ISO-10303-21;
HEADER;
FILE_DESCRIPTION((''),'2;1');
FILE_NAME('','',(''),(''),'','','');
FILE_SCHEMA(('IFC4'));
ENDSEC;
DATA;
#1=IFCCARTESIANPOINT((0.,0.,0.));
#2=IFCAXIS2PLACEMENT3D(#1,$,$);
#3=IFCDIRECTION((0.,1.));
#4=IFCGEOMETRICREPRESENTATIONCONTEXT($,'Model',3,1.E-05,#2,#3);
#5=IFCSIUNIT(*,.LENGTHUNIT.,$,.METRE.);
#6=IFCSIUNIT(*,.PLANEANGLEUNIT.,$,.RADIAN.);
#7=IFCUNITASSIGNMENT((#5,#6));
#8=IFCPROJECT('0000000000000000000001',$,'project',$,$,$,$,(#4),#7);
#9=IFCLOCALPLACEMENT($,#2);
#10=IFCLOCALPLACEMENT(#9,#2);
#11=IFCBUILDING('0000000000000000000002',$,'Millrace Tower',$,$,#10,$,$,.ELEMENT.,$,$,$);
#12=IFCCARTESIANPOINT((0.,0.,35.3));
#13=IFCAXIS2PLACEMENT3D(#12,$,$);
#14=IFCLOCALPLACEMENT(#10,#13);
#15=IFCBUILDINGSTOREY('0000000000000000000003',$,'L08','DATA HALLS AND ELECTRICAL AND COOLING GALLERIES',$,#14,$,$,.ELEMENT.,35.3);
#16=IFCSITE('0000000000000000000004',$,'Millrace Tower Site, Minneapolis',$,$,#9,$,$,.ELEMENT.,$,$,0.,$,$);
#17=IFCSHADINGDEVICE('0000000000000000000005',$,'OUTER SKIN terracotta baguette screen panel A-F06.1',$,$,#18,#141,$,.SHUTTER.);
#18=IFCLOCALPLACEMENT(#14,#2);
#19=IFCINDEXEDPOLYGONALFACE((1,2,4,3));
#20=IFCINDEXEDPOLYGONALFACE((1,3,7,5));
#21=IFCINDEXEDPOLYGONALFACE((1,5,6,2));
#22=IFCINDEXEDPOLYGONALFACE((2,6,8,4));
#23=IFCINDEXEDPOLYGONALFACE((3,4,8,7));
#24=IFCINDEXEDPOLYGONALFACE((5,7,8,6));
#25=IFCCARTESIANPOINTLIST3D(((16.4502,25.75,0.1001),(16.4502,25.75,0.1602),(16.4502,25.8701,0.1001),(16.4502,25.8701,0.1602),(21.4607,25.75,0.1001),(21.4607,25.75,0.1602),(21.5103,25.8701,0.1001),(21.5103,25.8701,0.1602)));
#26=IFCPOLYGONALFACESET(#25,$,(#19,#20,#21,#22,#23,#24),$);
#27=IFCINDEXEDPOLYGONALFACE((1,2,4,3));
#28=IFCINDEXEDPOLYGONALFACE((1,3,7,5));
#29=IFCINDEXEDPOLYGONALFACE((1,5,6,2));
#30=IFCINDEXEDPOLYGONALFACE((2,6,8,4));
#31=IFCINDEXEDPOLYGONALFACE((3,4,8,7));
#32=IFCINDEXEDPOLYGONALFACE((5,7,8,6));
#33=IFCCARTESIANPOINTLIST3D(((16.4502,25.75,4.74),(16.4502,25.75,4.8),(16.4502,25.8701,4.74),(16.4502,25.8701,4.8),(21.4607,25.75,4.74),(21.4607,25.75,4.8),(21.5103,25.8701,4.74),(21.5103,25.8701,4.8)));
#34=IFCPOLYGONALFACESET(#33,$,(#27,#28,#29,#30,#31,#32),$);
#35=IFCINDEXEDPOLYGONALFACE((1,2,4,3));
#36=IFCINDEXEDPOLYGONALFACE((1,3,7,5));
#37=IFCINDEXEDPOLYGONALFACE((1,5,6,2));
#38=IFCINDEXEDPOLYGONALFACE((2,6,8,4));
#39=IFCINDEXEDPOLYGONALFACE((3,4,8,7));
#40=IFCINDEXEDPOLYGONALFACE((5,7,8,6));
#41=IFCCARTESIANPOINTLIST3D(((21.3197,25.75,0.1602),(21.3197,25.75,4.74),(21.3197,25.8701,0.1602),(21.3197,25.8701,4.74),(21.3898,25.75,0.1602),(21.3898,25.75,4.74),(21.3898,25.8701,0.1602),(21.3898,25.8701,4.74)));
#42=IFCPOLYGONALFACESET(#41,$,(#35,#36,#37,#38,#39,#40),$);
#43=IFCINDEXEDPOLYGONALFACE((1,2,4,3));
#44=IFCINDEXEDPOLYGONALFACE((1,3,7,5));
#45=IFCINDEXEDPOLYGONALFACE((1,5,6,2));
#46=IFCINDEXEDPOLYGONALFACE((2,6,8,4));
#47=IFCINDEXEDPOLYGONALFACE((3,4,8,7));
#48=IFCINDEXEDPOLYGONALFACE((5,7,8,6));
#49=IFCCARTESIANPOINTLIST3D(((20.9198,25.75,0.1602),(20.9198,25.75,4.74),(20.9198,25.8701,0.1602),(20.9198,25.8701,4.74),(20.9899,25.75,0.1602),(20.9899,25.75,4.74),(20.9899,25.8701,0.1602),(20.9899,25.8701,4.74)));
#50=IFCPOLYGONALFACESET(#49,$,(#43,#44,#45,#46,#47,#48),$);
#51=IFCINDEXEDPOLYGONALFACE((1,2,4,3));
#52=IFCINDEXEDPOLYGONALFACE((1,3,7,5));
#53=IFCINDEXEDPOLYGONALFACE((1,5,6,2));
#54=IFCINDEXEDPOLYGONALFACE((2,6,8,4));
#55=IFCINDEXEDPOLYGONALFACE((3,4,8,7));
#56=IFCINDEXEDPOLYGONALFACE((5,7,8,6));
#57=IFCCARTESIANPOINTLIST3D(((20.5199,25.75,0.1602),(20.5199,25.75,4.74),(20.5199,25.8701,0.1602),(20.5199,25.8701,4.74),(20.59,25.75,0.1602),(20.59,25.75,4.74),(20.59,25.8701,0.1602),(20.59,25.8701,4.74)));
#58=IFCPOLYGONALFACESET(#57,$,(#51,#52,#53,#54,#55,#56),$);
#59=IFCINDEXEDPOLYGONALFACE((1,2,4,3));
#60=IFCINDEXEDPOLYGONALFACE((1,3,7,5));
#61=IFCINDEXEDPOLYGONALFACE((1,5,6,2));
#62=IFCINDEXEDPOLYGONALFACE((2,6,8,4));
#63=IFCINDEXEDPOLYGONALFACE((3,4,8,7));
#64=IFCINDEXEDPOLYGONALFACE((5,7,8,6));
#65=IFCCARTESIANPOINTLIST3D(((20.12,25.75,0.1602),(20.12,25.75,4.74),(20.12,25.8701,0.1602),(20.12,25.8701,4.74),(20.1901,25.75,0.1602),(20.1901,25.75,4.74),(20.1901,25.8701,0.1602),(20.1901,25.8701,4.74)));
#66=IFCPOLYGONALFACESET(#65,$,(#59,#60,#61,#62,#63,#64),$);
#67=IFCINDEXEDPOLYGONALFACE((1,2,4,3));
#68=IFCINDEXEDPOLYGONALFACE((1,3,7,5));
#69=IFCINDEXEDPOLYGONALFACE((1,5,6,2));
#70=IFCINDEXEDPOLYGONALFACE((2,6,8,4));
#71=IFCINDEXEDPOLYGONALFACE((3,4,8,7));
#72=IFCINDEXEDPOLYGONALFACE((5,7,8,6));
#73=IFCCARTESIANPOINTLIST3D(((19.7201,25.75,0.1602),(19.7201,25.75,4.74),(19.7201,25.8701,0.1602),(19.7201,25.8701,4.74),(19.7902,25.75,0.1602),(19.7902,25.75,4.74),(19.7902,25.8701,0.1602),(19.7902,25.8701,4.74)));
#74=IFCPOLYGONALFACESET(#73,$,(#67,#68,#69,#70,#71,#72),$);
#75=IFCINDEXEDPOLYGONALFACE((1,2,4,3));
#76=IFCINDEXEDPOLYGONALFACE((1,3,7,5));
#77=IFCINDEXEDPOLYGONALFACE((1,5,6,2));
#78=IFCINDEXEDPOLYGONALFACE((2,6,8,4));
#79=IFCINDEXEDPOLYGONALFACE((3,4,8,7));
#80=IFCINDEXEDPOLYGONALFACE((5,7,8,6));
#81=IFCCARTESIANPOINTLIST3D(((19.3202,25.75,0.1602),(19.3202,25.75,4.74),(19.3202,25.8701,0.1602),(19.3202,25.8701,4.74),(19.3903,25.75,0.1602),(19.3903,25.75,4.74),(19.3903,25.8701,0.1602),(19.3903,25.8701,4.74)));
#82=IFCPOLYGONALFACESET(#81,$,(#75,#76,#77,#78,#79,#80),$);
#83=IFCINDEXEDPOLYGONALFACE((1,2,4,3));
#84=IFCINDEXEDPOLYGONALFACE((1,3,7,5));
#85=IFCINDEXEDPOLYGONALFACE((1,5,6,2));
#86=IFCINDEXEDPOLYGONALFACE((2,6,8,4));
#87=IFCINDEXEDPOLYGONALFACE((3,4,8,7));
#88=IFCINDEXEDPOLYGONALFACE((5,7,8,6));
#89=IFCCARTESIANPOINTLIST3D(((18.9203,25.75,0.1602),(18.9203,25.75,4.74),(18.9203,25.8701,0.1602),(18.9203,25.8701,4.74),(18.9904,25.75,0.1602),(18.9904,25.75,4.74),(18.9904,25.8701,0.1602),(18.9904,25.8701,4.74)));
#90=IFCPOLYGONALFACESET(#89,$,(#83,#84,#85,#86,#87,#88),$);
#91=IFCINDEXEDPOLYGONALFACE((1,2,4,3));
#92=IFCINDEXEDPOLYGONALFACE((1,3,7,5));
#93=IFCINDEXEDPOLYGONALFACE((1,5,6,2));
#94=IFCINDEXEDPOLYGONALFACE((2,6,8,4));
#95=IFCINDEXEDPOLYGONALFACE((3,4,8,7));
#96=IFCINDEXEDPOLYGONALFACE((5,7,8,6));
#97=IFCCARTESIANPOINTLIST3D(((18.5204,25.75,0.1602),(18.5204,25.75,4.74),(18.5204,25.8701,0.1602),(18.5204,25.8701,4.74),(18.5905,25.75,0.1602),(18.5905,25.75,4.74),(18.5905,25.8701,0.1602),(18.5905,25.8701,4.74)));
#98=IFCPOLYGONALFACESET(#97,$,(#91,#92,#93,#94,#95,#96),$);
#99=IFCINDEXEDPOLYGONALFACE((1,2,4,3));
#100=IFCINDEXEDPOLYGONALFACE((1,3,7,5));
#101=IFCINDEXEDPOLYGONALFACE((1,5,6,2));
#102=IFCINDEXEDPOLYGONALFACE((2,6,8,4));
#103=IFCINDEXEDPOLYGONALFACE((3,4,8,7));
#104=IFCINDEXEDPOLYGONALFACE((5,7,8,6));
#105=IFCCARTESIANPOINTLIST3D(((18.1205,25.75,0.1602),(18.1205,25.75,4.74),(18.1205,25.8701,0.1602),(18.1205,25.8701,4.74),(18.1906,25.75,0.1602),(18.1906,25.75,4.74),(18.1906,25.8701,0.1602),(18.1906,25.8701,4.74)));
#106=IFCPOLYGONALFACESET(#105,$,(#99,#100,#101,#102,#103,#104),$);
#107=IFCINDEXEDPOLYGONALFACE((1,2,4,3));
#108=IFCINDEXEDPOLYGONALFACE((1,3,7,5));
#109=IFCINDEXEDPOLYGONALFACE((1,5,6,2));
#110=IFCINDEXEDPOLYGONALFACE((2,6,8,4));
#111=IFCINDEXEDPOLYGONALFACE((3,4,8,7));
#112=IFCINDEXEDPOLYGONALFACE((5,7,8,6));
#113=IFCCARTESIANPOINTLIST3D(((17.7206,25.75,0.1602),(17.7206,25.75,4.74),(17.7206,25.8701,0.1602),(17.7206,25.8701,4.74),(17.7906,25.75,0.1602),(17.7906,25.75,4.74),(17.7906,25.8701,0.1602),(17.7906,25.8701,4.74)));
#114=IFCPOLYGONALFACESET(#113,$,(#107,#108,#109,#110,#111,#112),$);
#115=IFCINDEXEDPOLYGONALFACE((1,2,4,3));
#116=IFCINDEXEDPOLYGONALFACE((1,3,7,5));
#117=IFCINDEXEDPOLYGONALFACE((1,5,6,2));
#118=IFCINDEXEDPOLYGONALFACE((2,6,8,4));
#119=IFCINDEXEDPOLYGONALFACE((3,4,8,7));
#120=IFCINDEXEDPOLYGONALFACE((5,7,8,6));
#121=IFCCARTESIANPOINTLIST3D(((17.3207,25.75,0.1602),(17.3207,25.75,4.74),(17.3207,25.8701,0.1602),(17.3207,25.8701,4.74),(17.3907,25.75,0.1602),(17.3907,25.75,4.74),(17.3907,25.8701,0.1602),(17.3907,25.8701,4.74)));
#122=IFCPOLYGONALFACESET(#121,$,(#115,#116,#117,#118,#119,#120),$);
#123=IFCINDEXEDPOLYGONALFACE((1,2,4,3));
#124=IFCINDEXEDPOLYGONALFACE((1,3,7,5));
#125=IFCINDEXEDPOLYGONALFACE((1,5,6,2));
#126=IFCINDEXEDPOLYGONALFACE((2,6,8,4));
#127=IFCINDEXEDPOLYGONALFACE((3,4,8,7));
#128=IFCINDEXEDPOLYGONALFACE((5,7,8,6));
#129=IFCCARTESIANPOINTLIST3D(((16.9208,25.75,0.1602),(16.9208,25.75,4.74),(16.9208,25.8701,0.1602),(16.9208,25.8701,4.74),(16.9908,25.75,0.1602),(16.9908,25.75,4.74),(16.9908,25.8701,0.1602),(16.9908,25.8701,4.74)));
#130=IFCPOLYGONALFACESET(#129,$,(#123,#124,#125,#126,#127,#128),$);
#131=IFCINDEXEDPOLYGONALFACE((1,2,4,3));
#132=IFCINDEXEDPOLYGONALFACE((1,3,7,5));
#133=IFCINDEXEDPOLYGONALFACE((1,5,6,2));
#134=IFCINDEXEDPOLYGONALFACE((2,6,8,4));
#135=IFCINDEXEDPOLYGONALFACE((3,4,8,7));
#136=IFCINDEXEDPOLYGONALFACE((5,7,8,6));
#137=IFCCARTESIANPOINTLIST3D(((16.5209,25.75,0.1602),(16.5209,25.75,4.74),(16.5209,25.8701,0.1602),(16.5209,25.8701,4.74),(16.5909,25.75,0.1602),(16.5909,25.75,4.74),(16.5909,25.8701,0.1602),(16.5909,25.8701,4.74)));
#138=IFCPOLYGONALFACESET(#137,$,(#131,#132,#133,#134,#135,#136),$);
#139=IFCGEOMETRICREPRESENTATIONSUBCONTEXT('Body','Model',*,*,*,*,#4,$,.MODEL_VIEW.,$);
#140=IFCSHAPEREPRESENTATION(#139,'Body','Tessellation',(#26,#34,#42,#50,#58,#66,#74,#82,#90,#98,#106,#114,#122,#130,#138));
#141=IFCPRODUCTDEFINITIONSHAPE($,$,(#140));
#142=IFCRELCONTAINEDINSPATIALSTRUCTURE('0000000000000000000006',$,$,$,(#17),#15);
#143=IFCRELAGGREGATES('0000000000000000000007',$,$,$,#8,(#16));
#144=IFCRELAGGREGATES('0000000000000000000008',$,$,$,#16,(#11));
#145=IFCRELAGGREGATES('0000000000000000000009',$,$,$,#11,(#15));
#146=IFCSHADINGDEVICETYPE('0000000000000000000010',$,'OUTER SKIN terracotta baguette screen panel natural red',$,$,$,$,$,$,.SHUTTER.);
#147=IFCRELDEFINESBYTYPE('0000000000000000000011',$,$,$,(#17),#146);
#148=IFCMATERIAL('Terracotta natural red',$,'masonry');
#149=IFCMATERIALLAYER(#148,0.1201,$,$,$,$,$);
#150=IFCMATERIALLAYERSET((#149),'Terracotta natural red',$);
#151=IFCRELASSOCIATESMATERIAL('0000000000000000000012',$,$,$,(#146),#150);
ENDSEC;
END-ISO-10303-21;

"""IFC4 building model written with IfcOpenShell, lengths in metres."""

from ifc_helpers import new_model, entity, si_unit, direction, frame, frame_2d, origin, place, context, subcontext, project, spatial, rectangle, extrude, source, transform, mapped, material, layer, layer_set, type_object, element, save


model = new_model("IFC4")

# Units and contexts
model_context = context("Model", 3, precision=1e-05, world=origin(), true_north=direction((0.0, 1.0)))
body_context = subcontext(model_context, "Body", "Model", "MODEL_VIEW")
ifc_project = project(units=[si_unit("LENGTHUNIT", "METRE"), si_unit("PLANEANGLEUNIT", "RADIAN")], contexts=[model_context])

# Site, building, storey
site_placement = place(None, origin())
site = spatial("IfcSite", under=ifc_project, at=site_placement, Name="Millrace Tower Site, Minneapolis", CompositionType="ELEMENT", RefElevation=0.0)
building_placement = place(site_placement, origin())
building = spatial("IfcBuilding", under=site, at=building_placement, Name="Millrace Tower", CompositionType="ELEMENT")
storey_placement = place(building_placement, frame((0.0, 0.0, 35.3)))
storey = spatial("IfcBuildingStorey", under=building, at=storey_placement, Name="L08", Description="DATA HALLS AND ELECTRICAL AND COOLING GALLERIES", CompositionType="ELEMENT", Elevation=35.3)

# Shading device
ifc_material_1 = material(Name="Terracotta natural red", Category="masonry")
ifc_layer_1 = layer(ifc_material_1, 0.1201)
ifc_layer_set_1 = layer_set([ifc_layer_1], Name="Terracotta natural red")
shading_device_type_1 = type_object("IfcShadingDeviceType", Name="OUTER SKIN terracotta baguette screen panel natural red", PredefinedType="SHUTTER", material=ifc_layer_set_1)
cartesian_point_1 = entity("IfcCartesianPoint", [-2.4929, 0.0601])
shared_polyline_1 = entity("IfcPolyline", [cartesian_point_1, entity("IfcCartesianPoint", [2.5176, 0.0601]), entity("IfcCartesianPoint", [2.5176, -0.0601]), entity("IfcCartesianPoint", [-2.5425, -0.0601]), cartesian_point_1])
shared_shape_1 = source(origin(), body_context, "Body", "SweptSolid", [
    entity("IfcExtrudedAreaSolid", entity("IfcArbitraryClosedProfileDef", "AREA", None, shared_polyline_1), entity("IfcAxis2Placement3D", entity("IfcCartesianPoint", [0.0, 0.0, 0.0])), entity("IfcDirection", [0.0, 0.0, 1.0]), 0.0601),
    entity("IfcExtrudedAreaSolid", entity("IfcArbitraryClosedProfileDef", "AREA", None, shared_polyline_1), entity("IfcAxis2Placement3D", entity("IfcCartesianPoint", [0.0, 0.0, 4.6399])), entity("IfcDirection", [0.0, 0.0, 1.0]), 0.0601),
    extrude(rectangle(XDim=0.0701, YDim=0.1201, at=frame_2d((-2.387, 0.0))), frame((0.0, 0.0, 0.0601)), (0.0, 0.0, 1.0), 4.5798),
    extrude(rectangle(XDim=0.0701, YDim=0.1201, at=frame_2d((-1.9871, 0.0))), frame((0.0, 0.0, 0.0601)), (0.0, 0.0, 1.0), 4.5798),
    extrude(rectangle(XDim=0.0701, YDim=0.1201, at=frame_2d((-1.5872, 0.0))), frame((0.0, 0.0, 0.0601)), (0.0, 0.0, 1.0), 4.5798),
    extrude(rectangle(XDim=0.0701, YDim=0.1201, at=frame_2d((-1.1873, 0.0))), frame((0.0, 0.0, 0.0601)), (0.0, 0.0, 1.0), 4.5798),
    extrude(rectangle(XDim=0.0701, YDim=0.1201, at=frame_2d((-0.7874, 0.0))), frame((0.0, 0.0, 0.0601)), (0.0, 0.0, 1.0), 4.5798),
    extrude(rectangle(XDim=0.0701, YDim=0.1201, at=frame_2d((-0.3875, 0.0))), frame((0.0, 0.0, 0.0601)), (0.0, 0.0, 1.0), 4.5798),
    extrude(rectangle(XDim=0.0701, YDim=0.1201, at=frame_2d((0.0125, 0.0))), frame((0.0, 0.0, 0.0601)), (0.0, 0.0, 1.0), 4.5798),
    extrude(rectangle(XDim=0.0701, YDim=0.1201, at=frame_2d((0.4124, 0.0))), frame((0.0, 0.0, 0.0601)), (0.0, 0.0, 1.0), 4.5798),
    extrude(rectangle(XDim=0.0701, YDim=0.1201, at=frame_2d((0.8123, 0.0))), frame((0.0, 0.0, 0.0601)), (0.0, 0.0, 1.0), 4.5798),
    extrude(rectangle(XDim=0.0701, YDim=0.1201, at=frame_2d((1.2122, 0.0))), frame((0.0, 0.0, 0.0601)), (0.0, 0.0, 1.0), 4.5798),
    extrude(rectangle(XDim=0.0701, YDim=0.1201, at=frame_2d((1.6121, 0.0))), frame((0.0, 0.0, 0.0601)), (0.0, 0.0, 1.0), 4.5798),
    extrude(rectangle(XDim=0.0701, YDim=0.1201, at=frame_2d((2.012, 0.0))), frame((0.0, 0.0, 0.0601)), (0.0, 0.0, 1.0), 4.5798),
    extrude(rectangle(XDim=0.0701, YDim=0.1201, at=frame_2d((2.4119, 0.0))), frame((0.0, 0.0, 0.0601)), (0.0, 0.0, 1.0), 4.5798),
])
shading_device_1_placement = place(storey_placement, frame((18.9678, 25.8101, 0.1001), z_axis=(0.0, 0.0, 1.0), x_axis=(-1.0, 0.0, 0.0)))
element("IfcShadingDevice", 1, at=shading_device_1_placement, inside=storey, type_object=shading_device_type_1, Name="OUTER SKIN terracotta baguette screen panel A-F06.1", PredefinedType="SHUTTER", context=body_context, shape_type="MappedRepresentation", body=[
    mapped(shared_shape_1, transform((0.0, 0.0, 0.0), scale=1.0)),
])

save(model, "model.ifc")
